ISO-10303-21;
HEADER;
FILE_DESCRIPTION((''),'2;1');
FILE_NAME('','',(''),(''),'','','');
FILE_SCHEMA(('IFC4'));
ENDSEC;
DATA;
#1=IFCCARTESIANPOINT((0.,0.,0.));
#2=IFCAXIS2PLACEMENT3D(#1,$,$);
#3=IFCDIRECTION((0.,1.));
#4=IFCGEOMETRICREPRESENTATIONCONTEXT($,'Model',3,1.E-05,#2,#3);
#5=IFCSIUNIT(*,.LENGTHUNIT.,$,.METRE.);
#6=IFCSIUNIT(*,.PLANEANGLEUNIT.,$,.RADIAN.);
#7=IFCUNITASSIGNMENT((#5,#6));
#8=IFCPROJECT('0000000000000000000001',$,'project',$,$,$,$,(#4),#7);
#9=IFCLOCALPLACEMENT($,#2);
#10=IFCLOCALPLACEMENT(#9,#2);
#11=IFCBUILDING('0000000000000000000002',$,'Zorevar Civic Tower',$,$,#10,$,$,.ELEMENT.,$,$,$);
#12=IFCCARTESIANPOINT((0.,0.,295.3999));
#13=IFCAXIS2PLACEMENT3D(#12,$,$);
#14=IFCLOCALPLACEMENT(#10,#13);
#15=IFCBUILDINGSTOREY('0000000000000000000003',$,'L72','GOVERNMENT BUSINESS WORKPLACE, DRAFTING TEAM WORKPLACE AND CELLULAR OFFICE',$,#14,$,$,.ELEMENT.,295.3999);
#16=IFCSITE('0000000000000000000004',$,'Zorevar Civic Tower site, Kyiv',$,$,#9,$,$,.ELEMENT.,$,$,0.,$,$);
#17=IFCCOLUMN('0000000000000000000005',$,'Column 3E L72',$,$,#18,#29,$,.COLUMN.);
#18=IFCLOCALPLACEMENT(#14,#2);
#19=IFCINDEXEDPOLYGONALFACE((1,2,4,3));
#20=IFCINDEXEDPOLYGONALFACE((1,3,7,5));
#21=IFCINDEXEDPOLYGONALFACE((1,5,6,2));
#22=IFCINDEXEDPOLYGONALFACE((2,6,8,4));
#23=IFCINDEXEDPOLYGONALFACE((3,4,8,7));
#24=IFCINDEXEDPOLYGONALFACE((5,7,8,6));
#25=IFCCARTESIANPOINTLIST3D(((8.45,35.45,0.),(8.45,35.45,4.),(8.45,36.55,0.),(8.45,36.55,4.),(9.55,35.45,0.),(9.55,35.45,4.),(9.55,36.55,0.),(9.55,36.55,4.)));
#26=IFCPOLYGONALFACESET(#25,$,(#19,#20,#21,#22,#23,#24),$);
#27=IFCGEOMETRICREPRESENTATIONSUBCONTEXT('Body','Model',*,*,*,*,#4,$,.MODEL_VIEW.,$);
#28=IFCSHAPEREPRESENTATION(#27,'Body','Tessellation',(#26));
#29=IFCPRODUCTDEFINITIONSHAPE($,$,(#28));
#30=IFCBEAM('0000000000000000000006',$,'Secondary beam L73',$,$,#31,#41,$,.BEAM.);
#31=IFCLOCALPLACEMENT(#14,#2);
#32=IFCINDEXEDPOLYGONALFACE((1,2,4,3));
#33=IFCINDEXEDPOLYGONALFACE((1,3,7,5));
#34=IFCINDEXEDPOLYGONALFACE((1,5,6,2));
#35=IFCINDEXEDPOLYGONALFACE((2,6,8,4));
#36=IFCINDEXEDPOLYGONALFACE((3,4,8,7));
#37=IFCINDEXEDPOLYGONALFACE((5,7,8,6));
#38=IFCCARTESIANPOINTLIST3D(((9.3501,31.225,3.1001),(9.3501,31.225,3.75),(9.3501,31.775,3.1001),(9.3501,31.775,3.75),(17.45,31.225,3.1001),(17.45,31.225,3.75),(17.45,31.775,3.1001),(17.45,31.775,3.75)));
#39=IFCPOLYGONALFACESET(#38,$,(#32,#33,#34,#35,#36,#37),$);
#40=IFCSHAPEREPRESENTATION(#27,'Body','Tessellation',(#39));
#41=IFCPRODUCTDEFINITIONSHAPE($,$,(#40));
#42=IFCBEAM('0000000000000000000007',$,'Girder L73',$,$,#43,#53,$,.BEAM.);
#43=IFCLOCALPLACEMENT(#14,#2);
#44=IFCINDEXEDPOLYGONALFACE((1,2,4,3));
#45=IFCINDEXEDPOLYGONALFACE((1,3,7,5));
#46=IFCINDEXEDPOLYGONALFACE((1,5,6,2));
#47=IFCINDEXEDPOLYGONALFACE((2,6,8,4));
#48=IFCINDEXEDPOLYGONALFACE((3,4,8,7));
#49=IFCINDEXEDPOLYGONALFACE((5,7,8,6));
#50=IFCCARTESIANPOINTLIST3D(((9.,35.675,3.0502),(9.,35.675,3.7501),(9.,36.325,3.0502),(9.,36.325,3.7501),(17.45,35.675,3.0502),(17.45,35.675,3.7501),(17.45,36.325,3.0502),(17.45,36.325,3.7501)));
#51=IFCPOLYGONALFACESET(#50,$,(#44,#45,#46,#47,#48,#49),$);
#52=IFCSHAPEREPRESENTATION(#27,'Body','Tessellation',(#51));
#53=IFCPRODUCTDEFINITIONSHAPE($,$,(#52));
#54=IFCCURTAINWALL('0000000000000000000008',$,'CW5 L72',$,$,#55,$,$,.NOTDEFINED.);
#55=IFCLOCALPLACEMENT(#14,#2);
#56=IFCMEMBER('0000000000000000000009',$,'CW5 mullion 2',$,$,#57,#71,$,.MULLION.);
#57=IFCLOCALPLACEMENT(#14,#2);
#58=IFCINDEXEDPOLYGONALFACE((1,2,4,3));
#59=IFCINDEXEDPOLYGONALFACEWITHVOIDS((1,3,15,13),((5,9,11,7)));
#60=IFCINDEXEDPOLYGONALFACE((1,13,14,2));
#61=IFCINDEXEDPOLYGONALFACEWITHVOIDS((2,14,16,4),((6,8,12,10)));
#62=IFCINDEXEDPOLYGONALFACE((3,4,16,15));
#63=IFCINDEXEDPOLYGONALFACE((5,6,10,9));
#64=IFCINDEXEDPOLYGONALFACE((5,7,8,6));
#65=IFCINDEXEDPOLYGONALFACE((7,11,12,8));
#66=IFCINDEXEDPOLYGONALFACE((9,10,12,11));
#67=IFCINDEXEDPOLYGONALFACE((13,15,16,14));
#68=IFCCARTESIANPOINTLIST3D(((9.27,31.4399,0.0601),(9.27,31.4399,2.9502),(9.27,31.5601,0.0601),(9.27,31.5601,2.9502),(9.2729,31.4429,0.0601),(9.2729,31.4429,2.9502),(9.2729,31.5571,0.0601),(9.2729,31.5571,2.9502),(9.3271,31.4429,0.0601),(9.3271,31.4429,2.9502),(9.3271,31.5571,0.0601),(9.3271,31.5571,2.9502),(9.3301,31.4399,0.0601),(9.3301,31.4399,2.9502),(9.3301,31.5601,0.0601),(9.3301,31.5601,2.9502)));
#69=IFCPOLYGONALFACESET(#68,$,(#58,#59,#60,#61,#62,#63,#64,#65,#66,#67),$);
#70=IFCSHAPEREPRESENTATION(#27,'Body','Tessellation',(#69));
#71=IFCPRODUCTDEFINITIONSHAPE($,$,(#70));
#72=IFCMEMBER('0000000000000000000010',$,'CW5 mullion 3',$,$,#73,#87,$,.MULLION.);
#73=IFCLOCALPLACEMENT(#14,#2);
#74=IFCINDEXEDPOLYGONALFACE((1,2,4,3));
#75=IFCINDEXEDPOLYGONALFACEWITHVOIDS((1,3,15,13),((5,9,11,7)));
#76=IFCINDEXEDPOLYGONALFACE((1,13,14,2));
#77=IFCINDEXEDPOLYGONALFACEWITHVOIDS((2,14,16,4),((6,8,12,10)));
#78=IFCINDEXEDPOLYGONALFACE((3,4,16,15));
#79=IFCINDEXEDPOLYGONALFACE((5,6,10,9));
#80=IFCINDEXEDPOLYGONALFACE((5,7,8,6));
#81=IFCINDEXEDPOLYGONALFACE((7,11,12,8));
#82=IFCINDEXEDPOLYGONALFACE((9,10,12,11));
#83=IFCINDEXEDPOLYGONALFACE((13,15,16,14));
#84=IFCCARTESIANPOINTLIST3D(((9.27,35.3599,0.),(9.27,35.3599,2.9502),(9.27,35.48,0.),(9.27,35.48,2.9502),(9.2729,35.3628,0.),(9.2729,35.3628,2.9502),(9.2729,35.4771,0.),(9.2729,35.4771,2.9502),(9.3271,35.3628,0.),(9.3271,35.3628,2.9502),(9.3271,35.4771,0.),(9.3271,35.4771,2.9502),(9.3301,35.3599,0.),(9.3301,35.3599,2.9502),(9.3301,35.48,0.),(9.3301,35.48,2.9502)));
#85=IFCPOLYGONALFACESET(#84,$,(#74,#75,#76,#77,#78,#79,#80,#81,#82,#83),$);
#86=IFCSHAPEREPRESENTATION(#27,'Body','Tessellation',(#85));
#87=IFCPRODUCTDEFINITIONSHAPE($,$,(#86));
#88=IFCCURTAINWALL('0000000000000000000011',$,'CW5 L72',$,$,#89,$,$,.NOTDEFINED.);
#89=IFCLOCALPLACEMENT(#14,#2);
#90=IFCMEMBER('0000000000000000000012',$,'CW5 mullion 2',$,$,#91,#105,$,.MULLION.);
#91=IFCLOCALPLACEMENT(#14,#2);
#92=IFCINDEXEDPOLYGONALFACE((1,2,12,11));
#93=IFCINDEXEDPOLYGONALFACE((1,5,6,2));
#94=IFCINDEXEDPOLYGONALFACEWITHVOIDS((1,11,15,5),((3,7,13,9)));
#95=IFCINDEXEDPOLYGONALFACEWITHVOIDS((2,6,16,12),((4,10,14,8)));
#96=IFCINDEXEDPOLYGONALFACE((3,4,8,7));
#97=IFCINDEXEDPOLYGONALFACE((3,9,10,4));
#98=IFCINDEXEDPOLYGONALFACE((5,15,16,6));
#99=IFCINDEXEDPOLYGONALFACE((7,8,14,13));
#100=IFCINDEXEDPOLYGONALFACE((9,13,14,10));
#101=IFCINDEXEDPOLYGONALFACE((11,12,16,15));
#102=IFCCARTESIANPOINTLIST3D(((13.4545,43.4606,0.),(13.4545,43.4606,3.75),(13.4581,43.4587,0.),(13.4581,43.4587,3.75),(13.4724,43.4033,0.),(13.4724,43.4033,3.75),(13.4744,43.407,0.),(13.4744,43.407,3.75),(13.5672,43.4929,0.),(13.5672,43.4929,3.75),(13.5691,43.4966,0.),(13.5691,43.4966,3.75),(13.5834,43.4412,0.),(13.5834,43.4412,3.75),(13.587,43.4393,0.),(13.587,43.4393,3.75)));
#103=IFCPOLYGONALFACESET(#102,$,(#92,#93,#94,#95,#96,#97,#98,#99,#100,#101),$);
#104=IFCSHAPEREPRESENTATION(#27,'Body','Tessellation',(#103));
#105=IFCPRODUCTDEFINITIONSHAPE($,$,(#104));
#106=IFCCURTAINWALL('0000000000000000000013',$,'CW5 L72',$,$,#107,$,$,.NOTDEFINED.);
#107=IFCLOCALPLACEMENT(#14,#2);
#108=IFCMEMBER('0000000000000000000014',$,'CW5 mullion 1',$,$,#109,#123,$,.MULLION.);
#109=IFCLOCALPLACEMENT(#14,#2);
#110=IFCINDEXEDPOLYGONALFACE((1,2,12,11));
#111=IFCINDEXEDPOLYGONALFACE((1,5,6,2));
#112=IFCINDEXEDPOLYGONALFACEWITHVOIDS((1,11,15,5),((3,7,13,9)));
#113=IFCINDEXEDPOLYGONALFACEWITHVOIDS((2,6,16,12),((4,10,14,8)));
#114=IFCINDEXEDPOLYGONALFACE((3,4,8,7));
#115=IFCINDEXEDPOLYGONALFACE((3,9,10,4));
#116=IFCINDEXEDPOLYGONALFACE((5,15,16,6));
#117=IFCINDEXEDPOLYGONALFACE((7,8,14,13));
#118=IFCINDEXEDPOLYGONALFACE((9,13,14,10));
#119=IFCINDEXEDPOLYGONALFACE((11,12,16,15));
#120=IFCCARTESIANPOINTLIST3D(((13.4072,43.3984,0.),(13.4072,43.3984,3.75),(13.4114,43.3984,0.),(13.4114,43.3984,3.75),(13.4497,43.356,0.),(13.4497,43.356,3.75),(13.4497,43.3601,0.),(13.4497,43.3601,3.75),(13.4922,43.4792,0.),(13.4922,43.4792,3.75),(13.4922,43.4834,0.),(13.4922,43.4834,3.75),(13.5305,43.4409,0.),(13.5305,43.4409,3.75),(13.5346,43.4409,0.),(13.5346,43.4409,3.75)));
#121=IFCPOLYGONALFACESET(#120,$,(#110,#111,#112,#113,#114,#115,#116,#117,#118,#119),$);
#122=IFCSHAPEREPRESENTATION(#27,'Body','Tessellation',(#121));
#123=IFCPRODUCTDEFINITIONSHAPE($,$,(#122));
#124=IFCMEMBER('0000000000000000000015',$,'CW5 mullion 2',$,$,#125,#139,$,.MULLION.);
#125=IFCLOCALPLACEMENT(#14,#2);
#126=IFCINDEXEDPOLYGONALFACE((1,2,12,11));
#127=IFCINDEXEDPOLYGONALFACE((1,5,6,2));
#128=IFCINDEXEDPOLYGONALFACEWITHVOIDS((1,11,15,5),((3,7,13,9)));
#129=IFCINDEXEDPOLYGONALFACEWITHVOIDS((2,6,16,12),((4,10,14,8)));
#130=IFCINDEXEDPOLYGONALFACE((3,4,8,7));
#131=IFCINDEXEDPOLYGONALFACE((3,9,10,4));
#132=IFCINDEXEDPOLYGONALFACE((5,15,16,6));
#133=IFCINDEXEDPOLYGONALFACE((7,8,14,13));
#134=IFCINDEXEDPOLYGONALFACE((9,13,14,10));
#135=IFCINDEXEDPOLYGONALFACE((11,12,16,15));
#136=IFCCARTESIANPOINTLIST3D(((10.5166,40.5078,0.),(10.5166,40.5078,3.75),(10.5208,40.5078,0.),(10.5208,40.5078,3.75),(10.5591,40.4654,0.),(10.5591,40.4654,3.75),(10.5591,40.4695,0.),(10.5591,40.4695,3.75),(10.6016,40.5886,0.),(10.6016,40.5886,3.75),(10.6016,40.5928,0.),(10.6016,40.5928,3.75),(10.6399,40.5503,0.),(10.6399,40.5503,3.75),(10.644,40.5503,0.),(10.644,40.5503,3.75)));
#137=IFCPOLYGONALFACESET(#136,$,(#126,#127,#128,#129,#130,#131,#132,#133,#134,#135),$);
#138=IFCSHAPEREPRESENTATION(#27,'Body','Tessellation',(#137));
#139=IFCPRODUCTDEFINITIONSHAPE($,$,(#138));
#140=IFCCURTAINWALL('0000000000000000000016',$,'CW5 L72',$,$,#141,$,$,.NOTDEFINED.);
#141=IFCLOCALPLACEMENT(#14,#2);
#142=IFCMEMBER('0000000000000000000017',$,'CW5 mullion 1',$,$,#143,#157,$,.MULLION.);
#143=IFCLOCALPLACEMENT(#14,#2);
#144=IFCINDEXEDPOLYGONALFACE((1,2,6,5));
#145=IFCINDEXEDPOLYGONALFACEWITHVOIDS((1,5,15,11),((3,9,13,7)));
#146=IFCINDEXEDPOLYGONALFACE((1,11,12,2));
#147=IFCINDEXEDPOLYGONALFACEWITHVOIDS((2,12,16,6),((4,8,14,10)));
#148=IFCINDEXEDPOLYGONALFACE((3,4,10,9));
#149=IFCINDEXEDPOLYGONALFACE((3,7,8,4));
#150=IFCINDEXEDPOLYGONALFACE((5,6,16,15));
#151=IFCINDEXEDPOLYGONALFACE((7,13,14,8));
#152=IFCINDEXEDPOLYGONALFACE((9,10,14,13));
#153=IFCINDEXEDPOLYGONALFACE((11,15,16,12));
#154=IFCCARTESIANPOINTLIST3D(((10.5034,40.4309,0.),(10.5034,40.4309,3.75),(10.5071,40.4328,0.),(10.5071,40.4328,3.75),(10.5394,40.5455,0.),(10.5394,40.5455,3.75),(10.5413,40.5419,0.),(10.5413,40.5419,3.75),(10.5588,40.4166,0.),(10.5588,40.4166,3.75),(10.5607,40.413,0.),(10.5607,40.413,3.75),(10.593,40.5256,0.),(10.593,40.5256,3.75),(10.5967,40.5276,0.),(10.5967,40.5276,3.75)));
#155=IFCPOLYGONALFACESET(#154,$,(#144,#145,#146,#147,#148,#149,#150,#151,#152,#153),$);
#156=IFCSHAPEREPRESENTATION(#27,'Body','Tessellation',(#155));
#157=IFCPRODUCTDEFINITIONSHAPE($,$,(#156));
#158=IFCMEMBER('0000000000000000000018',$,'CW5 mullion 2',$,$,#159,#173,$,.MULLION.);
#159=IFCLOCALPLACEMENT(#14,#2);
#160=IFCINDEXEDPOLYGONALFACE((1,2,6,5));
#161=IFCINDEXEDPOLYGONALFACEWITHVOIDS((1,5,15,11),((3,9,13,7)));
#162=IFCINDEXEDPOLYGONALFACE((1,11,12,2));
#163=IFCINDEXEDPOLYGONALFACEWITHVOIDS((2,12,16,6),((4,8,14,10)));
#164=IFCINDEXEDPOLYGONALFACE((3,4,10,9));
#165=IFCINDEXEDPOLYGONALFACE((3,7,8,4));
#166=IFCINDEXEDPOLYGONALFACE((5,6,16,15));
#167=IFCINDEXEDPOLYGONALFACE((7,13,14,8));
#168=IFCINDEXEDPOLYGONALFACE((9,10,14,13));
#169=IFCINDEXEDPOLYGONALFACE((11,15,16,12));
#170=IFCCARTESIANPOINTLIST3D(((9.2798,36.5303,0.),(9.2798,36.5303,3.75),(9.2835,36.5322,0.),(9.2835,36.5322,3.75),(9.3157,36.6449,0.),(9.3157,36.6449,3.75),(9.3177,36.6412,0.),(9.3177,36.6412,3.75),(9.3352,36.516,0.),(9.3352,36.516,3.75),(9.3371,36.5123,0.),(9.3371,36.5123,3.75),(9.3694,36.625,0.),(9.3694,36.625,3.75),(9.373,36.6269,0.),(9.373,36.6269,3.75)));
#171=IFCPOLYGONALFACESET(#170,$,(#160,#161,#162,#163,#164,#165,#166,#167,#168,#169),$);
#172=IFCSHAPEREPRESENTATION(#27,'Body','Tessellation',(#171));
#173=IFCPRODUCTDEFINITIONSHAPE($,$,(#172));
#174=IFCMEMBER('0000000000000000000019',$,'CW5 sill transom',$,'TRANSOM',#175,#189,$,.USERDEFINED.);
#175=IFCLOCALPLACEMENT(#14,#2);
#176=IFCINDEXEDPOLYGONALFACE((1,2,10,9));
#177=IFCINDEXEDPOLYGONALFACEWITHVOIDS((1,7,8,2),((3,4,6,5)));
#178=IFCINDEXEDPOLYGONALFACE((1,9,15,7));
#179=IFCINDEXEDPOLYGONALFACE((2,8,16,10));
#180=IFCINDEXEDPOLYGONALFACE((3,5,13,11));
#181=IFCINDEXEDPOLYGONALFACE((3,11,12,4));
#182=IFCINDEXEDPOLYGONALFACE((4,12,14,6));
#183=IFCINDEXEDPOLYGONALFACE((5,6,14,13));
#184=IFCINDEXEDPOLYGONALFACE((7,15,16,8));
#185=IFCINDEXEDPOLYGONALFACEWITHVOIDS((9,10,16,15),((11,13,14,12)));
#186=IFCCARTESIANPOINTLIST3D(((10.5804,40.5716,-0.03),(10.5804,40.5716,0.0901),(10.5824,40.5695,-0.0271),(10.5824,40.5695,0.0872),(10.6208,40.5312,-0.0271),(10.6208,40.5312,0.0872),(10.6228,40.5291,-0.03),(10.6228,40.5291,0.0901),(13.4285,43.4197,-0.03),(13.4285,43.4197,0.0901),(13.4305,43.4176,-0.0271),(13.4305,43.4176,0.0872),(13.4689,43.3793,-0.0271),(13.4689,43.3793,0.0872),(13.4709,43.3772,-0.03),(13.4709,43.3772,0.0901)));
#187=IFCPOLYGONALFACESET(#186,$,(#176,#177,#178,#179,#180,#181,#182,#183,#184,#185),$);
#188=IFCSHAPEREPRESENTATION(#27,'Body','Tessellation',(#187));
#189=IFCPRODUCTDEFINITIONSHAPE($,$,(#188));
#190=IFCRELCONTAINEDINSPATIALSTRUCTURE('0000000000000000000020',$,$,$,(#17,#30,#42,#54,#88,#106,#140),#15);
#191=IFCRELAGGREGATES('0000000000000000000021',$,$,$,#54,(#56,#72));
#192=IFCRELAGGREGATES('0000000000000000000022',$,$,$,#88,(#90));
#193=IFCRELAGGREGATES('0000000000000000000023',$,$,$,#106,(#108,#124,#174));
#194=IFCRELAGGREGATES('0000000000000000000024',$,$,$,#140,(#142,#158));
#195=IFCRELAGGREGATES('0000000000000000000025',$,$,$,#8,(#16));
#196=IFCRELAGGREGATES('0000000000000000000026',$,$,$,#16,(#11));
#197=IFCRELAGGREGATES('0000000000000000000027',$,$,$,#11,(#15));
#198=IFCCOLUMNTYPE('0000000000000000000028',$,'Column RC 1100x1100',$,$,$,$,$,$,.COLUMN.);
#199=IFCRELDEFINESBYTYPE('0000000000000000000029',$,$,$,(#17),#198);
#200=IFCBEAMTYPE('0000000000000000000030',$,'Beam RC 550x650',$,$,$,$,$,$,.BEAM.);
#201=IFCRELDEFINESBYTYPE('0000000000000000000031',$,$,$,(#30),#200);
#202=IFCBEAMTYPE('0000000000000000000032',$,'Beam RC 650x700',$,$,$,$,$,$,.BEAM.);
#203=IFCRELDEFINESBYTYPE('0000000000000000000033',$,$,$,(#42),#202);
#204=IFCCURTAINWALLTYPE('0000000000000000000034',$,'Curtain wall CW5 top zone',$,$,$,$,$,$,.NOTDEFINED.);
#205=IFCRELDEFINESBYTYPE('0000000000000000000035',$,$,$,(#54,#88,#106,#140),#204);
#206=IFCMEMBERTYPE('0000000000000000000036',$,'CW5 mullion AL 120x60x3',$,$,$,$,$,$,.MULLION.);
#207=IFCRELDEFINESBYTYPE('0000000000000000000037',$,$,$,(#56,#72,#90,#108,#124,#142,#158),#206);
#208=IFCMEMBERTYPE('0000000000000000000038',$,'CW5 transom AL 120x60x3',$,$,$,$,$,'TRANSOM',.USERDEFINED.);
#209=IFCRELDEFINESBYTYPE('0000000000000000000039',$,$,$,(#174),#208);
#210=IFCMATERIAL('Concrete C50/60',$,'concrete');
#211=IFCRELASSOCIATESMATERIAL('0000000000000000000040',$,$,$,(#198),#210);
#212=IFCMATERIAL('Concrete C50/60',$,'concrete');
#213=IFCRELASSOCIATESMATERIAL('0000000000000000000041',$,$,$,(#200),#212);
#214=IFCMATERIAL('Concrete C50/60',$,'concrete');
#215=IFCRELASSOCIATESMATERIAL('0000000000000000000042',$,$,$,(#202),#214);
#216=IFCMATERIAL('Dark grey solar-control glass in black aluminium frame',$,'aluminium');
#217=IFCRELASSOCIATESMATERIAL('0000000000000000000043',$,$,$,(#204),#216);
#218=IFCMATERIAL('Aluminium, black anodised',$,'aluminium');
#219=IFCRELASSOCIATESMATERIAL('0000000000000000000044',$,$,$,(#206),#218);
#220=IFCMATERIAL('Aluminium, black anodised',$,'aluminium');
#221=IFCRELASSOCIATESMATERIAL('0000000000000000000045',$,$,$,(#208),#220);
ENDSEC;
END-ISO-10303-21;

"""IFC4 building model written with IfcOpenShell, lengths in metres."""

from ifc_helpers import new_model, si_unit, direction, frame, origin, origin_2d, place, context, subcontext, project, spatial, rectangle, hollow_rectangle, extrude, material, material_profile, profile_set, type_object, element, aggregate, save


model = new_model("IFC4")

# Units and contexts
model_context = context("Model", 3, precision=1e-05, world=origin(), true_north=direction((0.0, 1.0)))
body_context = subcontext(model_context, "Body", "Model", "MODEL_VIEW")
ifc_project = project(units=[si_unit("LENGTHUNIT", "METRE"), si_unit("PLANEANGLEUNIT", "RADIAN")], contexts=[model_context])

# Site, building, storey
site_placement = place(None, origin())
site = spatial("IfcSite", under=ifc_project, at=site_placement, Name="Zorevar Civic Tower site, Kyiv", CompositionType="ELEMENT", RefElevation=0.0)
building_placement = place(site_placement, origin())
building = spatial("IfcBuilding", under=site, at=building_placement, Name="Zorevar Civic Tower", CompositionType="ELEMENT")
storey_placement = place(building_placement, frame((0.0, 0.0, 295.3999)))
storey = spatial("IfcBuildingStorey", under=building, at=storey_placement, Name="L72", Description="GOVERNMENT BUSINESS WORKPLACE, DRAFTING TEAM WORKPLACE AND CELLULAR OFFICE", CompositionType="ELEMENT", Elevation=295.3999)

# Column
ifc_material_1 = material(Name="Concrete C50/60", Category="concrete")
ifc_material_profile_1 = material_profile(ifc_material_1, rectangle(XDim=1.1001, YDim=1.1001, at=origin_2d()), Name="RC 1100x1100")
ifc_profile_set_1 = profile_set([ifc_material_profile_1], Name="Concrete C50/60")
column_type = type_object("IfcColumnType", Name="Column RC 1100x1100", PredefinedType="COLUMN", material=ifc_profile_set_1)
column_placement = place(storey_placement, frame((9.0, 36.0, 0.0), z_axis=(0.0, 0.0, 1.0), x_axis=(1.0, 0.0, 0.0)))
element("IfcColumn", 1, at=column_placement, inside=storey, type_object=column_type, Name="Column 3E L72", PredefinedType="COLUMN", context=body_context, shape_type="SweptSolid", body=[
    extrude(rectangle(XDim=1.1001, YDim=1.1001, at=origin_2d()), origin(), (0.0, 0.0, 1.0), 4.0),
])

# Beams
ifc_material_2 = material(Name="Concrete C50/60", Category="concrete")
ifc_material_profile_2 = material_profile(ifc_material_2, rectangle(XDim=0.55, YDim=0.6499, at=origin_2d()), Name="RC 550x650")
ifc_profile_set_2 = profile_set([ifc_material_profile_2], Name="Concrete C50/60")
beam_type_1 = type_object("IfcBeamType", Name="Beam RC 550x650", PredefinedType="BEAM", material=ifc_profile_set_2)
beam_1_placement = place(storey_placement, frame((9.3501, 31.5, 3.425), z_axis=(1.0, 0.0, 0.0), x_axis=(0.0, 1.0, 0.0)))
element("IfcBeam", 2, at=beam_1_placement, inside=storey, type_object=beam_type_1, Name="Secondary beam L73", PredefinedType="BEAM", context=body_context, shape_type="SweptSolid", body=[
    extrude(rectangle(XDim=0.55, YDim=0.6499, at=origin_2d()), origin(), (0.0, 0.0, 1.0), 8.0999),
])
ifc_material_3 = material(Name="Concrete C50/60", Category="concrete")
ifc_material_profile_3 = material_profile(ifc_material_3, rectangle(XDim=0.6499, YDim=0.7, at=origin_2d()), Name="RC 650x700")
ifc_profile_set_3 = profile_set([ifc_material_profile_3], Name="Concrete C50/60")
beam_type_2 = type_object("IfcBeamType", Name="Beam RC 650x700", PredefinedType="BEAM", material=ifc_profile_set_3)
beam_2_placement = place(storey_placement, frame((9.0, 36.0, 3.4001), z_axis=(1.0, 0.0, 0.0), x_axis=(0.0, 1.0, 0.0)))
element("IfcBeam", 3, at=beam_2_placement, inside=storey, type_object=beam_type_2, Name="Girder L73", PredefinedType="BEAM", context=body_context, shape_type="SweptSolid", body=[
    extrude(rectangle(XDim=0.6499, YDim=0.7, at=origin_2d()), origin(), (0.0, 0.0, 1.0), 8.45),
])

# Curtain wall, members
ifc_material_4 = material(Name="Dark grey solar-control glass in black aluminium frame", Category="aluminium")
curtain_wall_type = type_object("IfcCurtainWallType", Name="Curtain wall CW5 top zone", PredefinedType="NOTDEFINED", material=ifc_material_4)
curtain_wall_1_placement = place(storey_placement, origin())
curtain_wall_1 = element("IfcCurtainWall", 4, at=curtain_wall_1_placement, inside=storey, type_object=curtain_wall_type, Name="CW5 L72", PredefinedType="NOTDEFINED")
ifc_material_5 = material(Name="Aluminium, black anodised", Category="aluminium")
ifc_material_profile_4 = material_profile(ifc_material_5, hollow_rectangle(XDim=0.0601, YDim=0.1201, WallThickness=0.0029, at=origin_2d()), Name="AL 120x60x3")
ifc_profile_set_4 = profile_set([ifc_material_profile_4], Name="Aluminium, black anodised")
member_type_1 = type_object("IfcMemberType", Name="CW5 mullion AL 120x60x3", PredefinedType="MULLION", material=ifc_profile_set_4)
member_1_placement = place(storey_placement, frame((9.3, 31.5, 0.0601), z_axis=(0.0, 0.0, 1.0), x_axis=(-1.0, 0.0, 0.0)))
member_1 = element("IfcMember", 5, at=member_1_placement, type_object=member_type_1, Name="CW5 mullion 2", PredefinedType="MULLION", context=body_context, shape_type="SweptSolid", body=[
    extrude(hollow_rectangle(XDim=0.0601, YDim=0.1201, WallThickness=0.0029, at=origin_2d()), origin(), (0.0, 0.0, 1.0), 2.8901),
])
member_2_placement = place(storey_placement, frame((9.3, 35.4199, 0.0), z_axis=(0.0, 0.0, 1.0), x_axis=(-1.0, 0.0, 0.0)))
member_2 = element("IfcMember", 6, at=member_2_placement, type_object=member_type_1, Name="CW5 mullion 3", PredefinedType="MULLION", context=body_context, shape_type="SweptSolid", body=[
    extrude(hollow_rectangle(XDim=0.0601, YDim=0.1201, WallThickness=0.0029, at=origin_2d()), origin(), (0.0, 0.0, 1.0), 2.9502),
])

# Curtain wall, member
curtain_wall_2_placement = place(storey_placement, origin())
curtain_wall_2 = element("IfcCurtainWall", 7, at=curtain_wall_2_placement, inside=storey, type_object=curtain_wall_type, Name="CW5 L72", PredefinedType="NOTDEFINED")
member_3_placement = place(storey_placement, frame((13.5208, 43.45, 0.0), z_axis=(0.0, 0.0, 1.0), x_axis=(0.299318, -0.954153, 0.0)))
member_3 = element("IfcMember", 8, at=member_3_placement, type_object=member_type_1, Name="CW5 mullion 2", PredefinedType="MULLION", context=body_context, shape_type="SweptSolid", body=[
    extrude(hollow_rectangle(XDim=0.0601, YDim=0.1201, WallThickness=0.0029, at=origin_2d()), origin(), (0.0, 0.0, 1.0), 3.75),
])

# Curtain walls, members
curtain_wall_3_placement = place(storey_placement, origin())
curtain_wall_3 = element("IfcCurtainWall", 9, at=curtain_wall_3_placement, inside=storey, type_object=curtain_wall_type, Name="CW5 L72", PredefinedType="NOTDEFINED")
member_4_placement = place(storey_placement, frame((13.4709, 43.4197, 0.0), z_axis=(0.0, 0.0, 1.0), x_axis=(0.707107, -0.707107, 0.0)))
member_4 = element("IfcMember", 10, at=member_4_placement, type_object=member_type_1, Name="CW5 mullion 1", PredefinedType="MULLION", context=body_context, shape_type="SweptSolid", body=[
    extrude(hollow_rectangle(XDim=0.0601, YDim=0.1201, WallThickness=0.0029, at=origin_2d()), origin(), (0.0, 0.0, 1.0), 3.75),
])
member_5_placement = place(storey_placement, frame((10.5803, 40.5291, 0.0), z_axis=(0.0, 0.0, 1.0), x_axis=(0.707107, -0.707107, 0.0)))
member_5 = element("IfcMember", 11, at=member_5_placement, type_object=member_type_1, Name="CW5 mullion 2", PredefinedType="MULLION", context=body_context, shape_type="SweptSolid", body=[
    extrude(hollow_rectangle(XDim=0.0601, YDim=0.1201, WallThickness=0.0029, at=origin_2d()), origin(), (0.0, 0.0, 1.0), 3.75),
])
curtain_wall_4_placement = place(storey_placement, origin())
curtain_wall_4 = element("IfcCurtainWall", 12, at=curtain_wall_4_placement, inside=storey, type_object=curtain_wall_type, Name="CW5 L72", PredefinedType="NOTDEFINED")
member_6_placement = place(storey_placement, frame((10.55, 40.4792, 0.0), z_axis=(0.0, 0.0, 1.0), x_axis=(0.954153, -0.299318, 0.0)))
member_6 = element("IfcMember", 13, at=member_6_placement, type_object=member_type_1, Name="CW5 mullion 1", PredefinedType="MULLION", context=body_context, shape_type="SweptSolid", body=[
    extrude(hollow_rectangle(XDim=0.0601, YDim=0.1201, WallThickness=0.0029, at=origin_2d()), origin(), (0.0, 0.0, 1.0), 3.75),
])
member_7_placement = place(storey_placement, frame((9.3264, 36.5786, 0.0), z_axis=(0.0, 0.0, 1.0), x_axis=(0.954153, -0.299318, 0.0)))
member_7 = element("IfcMember", 14, at=member_7_placement, type_object=member_type_1, Name="CW5 mullion 2", PredefinedType="MULLION", context=body_context, shape_type="SweptSolid", body=[
    extrude(hollow_rectangle(XDim=0.0601, YDim=0.1201, WallThickness=0.0029, at=origin_2d()), origin(), (0.0, 0.0, 1.0), 3.75),
])

# Member
ifc_material_6 = material(Name="Aluminium, black anodised", Category="aluminium")
ifc_material_profile_5 = material_profile(ifc_material_6, hollow_rectangle(XDim=0.0601, YDim=0.1201, WallThickness=0.0029, at=origin_2d()), Name="AL 120x60x3")
ifc_profile_set_5 = profile_set([ifc_material_profile_5], Name="Aluminium, black anodised")
member_type_2 = type_object("IfcMemberType", Name="CW5 transom AL 120x60x3", ElementType="TRANSOM", PredefinedType="USERDEFINED", material=ifc_profile_set_5)
member_8_placement = place(storey_placement, frame((13.4497, 43.3984, 0.03), z_axis=(-0.707107, -0.707107, 0.0), x_axis=(0.707107, -0.707107, 0.0)))
member_8 = element("IfcMember", 15, at=member_8_placement, type_object=member_type_2, Name="CW5 sill transom", ObjectType="TRANSOM", PredefinedType="USERDEFINED", context=body_context, shape_type="SweptSolid", body=[
    extrude(hollow_rectangle(XDim=0.0601, YDim=0.1201, WallThickness=0.0029, at=origin_2d()), origin(), (0.0, 0.0, 1.0), 4.0278),
])

aggregate(curtain_wall_1, [member_1, member_2])
aggregate(curtain_wall_2, [member_3])
aggregate(curtain_wall_3, [member_4, member_5, member_8])
aggregate(curtain_wall_4, [member_6, member_7])

save(model, "model.ifc")
